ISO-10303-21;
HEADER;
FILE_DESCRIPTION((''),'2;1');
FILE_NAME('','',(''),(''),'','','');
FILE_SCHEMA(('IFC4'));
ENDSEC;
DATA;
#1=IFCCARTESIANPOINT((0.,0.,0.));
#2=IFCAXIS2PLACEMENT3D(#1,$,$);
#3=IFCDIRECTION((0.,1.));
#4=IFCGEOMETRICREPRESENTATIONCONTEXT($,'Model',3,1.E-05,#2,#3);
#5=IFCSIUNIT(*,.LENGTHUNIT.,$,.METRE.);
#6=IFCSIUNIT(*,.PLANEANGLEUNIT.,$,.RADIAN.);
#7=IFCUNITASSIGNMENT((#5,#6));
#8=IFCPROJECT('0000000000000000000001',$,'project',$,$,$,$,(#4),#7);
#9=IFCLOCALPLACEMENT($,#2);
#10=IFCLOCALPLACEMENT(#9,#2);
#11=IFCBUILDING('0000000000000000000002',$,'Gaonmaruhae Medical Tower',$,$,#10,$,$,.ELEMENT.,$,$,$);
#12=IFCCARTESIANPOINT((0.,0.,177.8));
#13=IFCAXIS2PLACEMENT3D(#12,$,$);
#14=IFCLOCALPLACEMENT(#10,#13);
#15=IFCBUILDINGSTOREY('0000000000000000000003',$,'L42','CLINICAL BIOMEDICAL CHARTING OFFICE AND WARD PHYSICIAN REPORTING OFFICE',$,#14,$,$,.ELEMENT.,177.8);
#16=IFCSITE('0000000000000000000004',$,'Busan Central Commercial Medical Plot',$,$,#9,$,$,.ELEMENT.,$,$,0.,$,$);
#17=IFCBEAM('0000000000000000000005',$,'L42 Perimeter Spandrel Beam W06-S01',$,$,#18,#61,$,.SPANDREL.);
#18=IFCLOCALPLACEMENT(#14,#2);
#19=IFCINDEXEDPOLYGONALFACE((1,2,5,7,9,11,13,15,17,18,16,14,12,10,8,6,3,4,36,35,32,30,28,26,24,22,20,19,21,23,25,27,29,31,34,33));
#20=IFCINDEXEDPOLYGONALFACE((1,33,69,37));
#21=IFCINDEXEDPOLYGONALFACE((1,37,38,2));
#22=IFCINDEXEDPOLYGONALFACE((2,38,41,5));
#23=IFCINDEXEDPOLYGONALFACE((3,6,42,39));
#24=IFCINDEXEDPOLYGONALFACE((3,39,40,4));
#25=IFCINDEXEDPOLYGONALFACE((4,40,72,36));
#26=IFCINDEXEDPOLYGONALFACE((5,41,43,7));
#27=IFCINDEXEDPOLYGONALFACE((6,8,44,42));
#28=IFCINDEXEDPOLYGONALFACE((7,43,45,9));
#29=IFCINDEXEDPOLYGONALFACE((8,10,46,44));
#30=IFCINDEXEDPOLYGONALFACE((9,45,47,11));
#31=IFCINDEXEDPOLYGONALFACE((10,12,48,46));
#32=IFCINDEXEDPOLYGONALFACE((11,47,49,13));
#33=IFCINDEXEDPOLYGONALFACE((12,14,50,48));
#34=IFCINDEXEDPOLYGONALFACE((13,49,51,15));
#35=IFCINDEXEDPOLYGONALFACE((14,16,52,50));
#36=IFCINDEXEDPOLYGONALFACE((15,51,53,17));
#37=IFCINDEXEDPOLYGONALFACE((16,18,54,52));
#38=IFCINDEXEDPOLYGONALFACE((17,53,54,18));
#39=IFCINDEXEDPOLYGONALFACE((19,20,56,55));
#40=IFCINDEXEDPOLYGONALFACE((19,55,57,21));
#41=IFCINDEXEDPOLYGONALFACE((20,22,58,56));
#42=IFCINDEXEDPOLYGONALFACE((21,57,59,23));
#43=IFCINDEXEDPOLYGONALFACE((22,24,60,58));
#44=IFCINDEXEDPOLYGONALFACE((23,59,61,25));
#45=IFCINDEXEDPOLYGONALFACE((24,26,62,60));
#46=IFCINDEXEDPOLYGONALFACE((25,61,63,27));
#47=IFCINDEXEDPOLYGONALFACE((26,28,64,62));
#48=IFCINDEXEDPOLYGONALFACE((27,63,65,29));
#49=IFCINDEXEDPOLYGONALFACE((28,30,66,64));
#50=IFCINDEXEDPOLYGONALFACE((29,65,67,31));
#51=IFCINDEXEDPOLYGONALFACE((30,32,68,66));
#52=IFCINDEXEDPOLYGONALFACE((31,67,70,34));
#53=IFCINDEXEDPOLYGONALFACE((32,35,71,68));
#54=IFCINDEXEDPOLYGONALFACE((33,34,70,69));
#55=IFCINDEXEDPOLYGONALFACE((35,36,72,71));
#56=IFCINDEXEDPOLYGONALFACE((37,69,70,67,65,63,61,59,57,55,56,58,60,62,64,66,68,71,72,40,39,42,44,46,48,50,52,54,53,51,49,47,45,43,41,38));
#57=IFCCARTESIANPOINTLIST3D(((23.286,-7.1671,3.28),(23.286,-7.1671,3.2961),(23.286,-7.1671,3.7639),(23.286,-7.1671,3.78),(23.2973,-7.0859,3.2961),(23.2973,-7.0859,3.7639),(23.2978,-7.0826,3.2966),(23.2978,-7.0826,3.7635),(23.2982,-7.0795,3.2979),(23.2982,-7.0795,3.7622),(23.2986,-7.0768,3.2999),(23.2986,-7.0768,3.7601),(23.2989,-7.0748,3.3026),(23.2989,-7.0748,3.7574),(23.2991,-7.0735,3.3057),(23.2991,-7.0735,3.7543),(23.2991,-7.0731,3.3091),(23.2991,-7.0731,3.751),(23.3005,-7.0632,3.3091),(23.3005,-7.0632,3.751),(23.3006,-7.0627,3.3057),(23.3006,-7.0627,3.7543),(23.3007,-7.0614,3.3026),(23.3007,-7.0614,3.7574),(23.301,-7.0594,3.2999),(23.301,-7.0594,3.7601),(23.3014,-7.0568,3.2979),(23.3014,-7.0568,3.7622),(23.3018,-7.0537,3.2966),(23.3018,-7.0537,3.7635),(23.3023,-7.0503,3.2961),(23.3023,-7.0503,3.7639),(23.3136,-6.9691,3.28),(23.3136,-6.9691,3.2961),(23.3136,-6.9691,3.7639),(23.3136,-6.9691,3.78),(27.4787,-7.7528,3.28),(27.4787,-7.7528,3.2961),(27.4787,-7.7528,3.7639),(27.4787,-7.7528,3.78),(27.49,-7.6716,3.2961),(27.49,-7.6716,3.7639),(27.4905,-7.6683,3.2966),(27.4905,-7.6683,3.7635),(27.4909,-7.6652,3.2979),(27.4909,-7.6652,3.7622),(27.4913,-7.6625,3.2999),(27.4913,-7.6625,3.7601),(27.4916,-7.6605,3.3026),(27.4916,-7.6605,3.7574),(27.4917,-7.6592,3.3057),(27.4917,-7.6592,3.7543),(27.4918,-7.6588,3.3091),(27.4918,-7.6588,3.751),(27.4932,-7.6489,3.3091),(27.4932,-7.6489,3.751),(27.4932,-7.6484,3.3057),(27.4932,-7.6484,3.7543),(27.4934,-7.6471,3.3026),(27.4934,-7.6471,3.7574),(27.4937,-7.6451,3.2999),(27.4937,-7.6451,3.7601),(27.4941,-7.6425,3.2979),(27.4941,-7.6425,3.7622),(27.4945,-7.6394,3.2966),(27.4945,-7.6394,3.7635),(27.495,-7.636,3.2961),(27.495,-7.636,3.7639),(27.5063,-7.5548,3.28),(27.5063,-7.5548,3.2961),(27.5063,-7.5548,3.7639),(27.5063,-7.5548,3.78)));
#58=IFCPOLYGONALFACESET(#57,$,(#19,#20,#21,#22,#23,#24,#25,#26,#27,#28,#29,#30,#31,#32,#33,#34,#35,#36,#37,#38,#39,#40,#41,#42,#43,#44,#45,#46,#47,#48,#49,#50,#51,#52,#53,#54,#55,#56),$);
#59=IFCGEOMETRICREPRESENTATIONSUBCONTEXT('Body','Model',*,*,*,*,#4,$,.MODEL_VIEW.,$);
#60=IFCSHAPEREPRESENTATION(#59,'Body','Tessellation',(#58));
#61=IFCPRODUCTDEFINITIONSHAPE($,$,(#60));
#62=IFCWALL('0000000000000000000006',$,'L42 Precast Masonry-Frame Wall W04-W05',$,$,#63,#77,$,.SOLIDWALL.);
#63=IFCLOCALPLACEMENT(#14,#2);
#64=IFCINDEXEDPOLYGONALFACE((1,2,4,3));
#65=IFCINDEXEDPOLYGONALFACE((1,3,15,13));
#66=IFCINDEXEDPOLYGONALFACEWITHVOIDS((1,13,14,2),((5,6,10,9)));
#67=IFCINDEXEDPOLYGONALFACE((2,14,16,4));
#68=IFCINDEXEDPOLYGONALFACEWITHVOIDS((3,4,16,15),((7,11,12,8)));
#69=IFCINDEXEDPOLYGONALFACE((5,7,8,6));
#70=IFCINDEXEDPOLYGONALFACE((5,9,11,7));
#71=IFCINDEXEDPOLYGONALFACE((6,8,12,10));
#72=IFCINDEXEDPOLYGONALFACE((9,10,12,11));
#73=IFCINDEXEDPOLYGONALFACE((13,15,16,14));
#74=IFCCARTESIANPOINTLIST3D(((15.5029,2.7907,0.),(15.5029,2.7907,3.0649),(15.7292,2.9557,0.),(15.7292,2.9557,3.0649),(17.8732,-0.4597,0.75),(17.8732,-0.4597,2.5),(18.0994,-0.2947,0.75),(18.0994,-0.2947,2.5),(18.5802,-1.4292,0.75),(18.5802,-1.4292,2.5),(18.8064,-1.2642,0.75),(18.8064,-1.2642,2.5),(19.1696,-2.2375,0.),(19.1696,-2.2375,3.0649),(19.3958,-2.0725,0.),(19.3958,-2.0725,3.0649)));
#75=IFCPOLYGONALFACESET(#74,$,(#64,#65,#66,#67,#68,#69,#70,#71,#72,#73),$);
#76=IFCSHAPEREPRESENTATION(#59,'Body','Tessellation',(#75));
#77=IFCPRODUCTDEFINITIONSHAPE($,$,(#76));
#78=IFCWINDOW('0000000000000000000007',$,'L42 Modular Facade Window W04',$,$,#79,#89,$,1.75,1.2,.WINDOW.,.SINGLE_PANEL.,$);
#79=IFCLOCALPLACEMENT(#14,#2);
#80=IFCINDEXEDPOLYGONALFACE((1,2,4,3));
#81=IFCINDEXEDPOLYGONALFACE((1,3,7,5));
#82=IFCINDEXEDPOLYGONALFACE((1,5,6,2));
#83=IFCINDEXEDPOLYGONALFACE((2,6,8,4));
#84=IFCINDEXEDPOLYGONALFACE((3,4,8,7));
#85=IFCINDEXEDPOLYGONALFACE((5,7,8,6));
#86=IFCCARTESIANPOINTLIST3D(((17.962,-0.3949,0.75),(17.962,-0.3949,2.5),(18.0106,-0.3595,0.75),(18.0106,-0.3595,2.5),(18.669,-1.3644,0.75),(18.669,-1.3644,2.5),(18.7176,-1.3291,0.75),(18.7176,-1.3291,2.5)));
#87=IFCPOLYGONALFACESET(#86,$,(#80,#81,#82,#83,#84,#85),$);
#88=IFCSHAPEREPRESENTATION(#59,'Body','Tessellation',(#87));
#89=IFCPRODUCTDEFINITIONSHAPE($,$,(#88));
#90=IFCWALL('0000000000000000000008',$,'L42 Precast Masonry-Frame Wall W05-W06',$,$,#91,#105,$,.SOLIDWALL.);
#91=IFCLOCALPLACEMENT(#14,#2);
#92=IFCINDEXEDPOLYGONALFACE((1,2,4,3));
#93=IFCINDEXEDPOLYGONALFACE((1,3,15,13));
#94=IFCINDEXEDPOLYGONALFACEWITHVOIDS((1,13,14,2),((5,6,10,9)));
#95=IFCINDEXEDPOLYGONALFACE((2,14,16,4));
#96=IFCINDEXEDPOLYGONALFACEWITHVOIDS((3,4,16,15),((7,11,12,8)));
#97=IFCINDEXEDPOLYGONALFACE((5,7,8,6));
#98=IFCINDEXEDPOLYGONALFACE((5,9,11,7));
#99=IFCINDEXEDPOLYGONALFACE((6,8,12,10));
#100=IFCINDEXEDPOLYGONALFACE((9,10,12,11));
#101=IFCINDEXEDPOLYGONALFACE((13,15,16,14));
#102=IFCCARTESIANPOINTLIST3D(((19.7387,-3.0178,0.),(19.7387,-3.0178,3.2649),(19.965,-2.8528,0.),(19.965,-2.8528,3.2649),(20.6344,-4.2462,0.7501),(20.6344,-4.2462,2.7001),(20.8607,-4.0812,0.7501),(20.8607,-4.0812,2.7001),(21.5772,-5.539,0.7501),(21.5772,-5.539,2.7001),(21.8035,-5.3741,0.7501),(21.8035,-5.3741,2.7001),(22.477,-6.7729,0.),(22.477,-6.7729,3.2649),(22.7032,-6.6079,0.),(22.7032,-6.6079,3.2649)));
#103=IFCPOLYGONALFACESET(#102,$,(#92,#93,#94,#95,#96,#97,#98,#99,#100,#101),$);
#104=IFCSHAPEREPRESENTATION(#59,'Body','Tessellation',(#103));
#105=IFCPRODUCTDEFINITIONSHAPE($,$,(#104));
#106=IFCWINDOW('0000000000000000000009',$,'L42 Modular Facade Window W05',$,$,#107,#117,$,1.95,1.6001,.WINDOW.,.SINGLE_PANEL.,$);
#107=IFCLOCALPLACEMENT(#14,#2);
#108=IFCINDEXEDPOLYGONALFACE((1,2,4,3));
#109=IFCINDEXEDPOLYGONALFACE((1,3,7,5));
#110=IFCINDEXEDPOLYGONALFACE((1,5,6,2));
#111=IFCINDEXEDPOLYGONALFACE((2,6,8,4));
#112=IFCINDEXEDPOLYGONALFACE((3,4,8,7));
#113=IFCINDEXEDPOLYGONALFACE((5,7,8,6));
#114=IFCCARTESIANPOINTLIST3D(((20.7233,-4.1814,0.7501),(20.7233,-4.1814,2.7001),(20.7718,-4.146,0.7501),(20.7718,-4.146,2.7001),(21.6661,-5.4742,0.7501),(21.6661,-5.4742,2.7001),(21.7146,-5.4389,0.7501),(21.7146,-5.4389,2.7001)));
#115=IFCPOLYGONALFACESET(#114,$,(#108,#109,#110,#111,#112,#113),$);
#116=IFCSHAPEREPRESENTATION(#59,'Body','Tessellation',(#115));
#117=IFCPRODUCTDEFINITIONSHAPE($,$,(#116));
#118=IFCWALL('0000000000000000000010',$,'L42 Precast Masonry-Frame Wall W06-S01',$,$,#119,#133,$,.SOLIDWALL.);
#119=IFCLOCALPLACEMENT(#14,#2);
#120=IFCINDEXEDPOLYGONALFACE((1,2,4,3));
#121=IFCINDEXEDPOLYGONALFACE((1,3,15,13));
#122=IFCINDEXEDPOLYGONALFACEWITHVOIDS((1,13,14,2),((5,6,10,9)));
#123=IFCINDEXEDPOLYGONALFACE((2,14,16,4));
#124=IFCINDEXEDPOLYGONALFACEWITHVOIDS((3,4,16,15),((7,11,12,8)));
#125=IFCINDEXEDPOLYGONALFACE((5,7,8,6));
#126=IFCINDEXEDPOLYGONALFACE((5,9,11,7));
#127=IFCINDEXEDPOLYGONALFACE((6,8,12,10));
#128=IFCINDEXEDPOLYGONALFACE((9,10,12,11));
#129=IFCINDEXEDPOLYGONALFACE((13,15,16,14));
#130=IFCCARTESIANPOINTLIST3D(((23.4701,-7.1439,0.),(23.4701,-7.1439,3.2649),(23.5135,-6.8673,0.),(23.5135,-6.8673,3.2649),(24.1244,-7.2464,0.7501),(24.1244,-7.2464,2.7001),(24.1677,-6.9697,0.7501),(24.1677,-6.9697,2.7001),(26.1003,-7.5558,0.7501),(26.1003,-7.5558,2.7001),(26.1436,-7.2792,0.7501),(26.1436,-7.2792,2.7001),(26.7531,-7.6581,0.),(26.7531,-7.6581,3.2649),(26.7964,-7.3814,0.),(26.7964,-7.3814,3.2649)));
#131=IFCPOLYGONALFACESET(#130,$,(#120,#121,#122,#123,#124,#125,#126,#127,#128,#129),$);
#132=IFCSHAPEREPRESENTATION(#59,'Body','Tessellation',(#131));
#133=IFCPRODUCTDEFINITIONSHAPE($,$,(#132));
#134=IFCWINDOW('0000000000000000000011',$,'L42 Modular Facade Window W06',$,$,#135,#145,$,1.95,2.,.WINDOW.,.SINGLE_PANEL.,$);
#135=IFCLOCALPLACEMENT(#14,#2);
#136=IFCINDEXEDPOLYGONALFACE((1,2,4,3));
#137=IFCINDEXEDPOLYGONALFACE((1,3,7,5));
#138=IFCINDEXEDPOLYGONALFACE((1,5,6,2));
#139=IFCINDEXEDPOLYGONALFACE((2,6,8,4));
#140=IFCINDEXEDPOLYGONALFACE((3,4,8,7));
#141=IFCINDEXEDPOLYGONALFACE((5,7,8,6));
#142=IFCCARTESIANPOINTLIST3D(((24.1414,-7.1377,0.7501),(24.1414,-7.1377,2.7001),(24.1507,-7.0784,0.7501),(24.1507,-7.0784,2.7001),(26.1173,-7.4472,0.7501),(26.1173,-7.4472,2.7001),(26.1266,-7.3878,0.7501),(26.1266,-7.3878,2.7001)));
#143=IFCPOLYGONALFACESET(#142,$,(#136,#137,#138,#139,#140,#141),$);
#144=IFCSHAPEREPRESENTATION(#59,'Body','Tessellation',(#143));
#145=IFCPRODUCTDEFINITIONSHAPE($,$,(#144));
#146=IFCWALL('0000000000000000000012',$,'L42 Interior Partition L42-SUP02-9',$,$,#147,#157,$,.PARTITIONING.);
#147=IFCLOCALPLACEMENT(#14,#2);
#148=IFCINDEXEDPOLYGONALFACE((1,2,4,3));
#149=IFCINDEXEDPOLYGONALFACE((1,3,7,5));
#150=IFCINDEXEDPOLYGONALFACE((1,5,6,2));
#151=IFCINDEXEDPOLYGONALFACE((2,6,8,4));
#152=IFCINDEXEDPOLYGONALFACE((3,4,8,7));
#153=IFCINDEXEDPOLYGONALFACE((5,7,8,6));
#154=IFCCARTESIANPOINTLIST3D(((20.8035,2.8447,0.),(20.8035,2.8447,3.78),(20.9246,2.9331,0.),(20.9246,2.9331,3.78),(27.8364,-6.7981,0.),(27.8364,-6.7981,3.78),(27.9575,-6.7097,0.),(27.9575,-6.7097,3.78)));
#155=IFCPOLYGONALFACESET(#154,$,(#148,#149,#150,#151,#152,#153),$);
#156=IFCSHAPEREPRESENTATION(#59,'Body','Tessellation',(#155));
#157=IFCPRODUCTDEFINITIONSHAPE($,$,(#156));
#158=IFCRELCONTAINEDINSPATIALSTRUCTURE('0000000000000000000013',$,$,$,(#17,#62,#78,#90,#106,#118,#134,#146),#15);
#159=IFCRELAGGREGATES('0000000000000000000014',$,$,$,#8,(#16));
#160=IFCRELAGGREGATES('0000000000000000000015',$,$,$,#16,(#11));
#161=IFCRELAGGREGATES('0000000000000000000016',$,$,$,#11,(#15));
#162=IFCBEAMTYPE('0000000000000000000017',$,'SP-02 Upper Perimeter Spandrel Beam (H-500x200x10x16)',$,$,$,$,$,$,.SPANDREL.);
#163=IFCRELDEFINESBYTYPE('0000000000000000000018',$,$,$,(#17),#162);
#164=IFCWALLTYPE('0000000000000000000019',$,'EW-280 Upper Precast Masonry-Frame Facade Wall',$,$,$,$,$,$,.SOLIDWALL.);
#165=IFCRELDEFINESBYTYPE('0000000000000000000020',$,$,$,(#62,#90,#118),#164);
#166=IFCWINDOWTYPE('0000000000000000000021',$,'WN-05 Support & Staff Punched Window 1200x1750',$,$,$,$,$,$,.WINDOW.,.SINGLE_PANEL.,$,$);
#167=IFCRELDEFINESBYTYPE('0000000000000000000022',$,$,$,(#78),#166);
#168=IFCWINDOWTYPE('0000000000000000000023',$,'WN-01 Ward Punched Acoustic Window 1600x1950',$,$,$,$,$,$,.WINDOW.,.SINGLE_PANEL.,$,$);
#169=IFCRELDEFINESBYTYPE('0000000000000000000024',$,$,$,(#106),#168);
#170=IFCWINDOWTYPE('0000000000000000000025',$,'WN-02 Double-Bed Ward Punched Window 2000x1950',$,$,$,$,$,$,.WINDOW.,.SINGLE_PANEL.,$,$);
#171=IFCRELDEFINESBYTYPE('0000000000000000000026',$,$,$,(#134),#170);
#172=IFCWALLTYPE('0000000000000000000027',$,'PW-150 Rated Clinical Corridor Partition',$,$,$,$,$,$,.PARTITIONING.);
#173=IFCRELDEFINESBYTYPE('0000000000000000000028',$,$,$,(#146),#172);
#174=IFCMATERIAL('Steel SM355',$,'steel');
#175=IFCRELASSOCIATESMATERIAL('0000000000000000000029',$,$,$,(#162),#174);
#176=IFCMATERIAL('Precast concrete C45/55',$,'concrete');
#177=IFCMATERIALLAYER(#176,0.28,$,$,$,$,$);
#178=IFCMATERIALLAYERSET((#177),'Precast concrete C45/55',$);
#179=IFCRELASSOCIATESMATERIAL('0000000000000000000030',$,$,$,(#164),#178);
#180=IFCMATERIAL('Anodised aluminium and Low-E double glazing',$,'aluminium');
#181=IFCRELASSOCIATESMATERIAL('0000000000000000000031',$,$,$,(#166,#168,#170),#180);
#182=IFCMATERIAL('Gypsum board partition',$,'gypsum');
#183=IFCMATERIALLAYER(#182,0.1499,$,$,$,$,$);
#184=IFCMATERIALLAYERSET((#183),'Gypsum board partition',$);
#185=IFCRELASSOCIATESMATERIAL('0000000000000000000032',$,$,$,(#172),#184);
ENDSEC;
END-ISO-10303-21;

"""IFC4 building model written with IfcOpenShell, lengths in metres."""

from ifc_helpers import new_model, si_unit, direction, frame, frame_2d, origin, origin_2d, place, context, subcontext, project, spatial, rectangle, i_section, extrude, material, layer, layer_set, material_profile, profile_set, type_object, element, fill, save


model = new_model("IFC4")

# Units and contexts
model_context = context("Model", 3, precision=1e-05, world=origin(), true_north=direction((0.0, 1.0)))
body_context = subcontext(model_context, "Body", "Model", "MODEL_VIEW")
ifc_project = project(units=[si_unit("LENGTHUNIT", "METRE"), si_unit("PLANEANGLEUNIT", "RADIAN")], contexts=[model_context])

# Site, building, storey
site_placement = place(None, origin())
site = spatial("IfcSite", under=ifc_project, at=site_placement, Name="Busan Central Commercial Medical Plot", CompositionType="ELEMENT", RefElevation=0.0)
building_placement = place(site_placement, origin())
building = spatial("IfcBuilding", under=site, at=building_placement, Name="Gaonmaruhae Medical Tower", CompositionType="ELEMENT")
storey_placement = place(building_placement, frame((0.0, 0.0, 177.8)))
storey = spatial("IfcBuildingStorey", under=building, at=storey_placement, Name="L42", Description="CLINICAL BIOMEDICAL CHARTING OFFICE AND WARD PHYSICIAN REPORTING OFFICE", CompositionType="ELEMENT", Elevation=177.8)

# Beam
ifc_material_1 = material(Name="Steel SM355", Category="steel")
ifc_material_profile_1 = material_profile(ifc_material_1, i_section(OverallWidth=0.2, OverallDepth=0.5, WebThickness=0.01, FlangeThickness=0.0161, FilletRadius=0.0129, at=origin_2d()), Name="H-500x200x10x16")
ifc_profile_set_1 = profile_set([ifc_material_profile_1], Name="Steel SM355")
beam_type_1 = type_object("IfcBeamType", Name="SP-02 Upper Perimeter Spandrel Beam (H-500x200x10x16)", PredefinedType="SPANDREL", material=ifc_profile_set_1)
beam_1_placement = place(storey_placement, frame((23.2998, -7.0681, 3.53), z_axis=(0.990383, -0.138353, 0.0), x_axis=(0.138353, 0.990383, 0.0)))
element("IfcBeam", 1, at=beam_1_placement, inside=storey, type_object=beam_type_1, Name="L42 Perimeter Spandrel Beam W06-S01", PredefinedType="SPANDREL", context=body_context, shape_type="SweptSolid", body=[
    extrude(i_section(OverallWidth=0.2, OverallDepth=0.5, WebThickness=0.01, FlangeThickness=0.0161, FilletRadius=0.0129, at=origin_2d()), origin(), (0.0, 0.0, 1.0), 4.2334),
])

# Walls, openings, windows
ifc_material_2 = material(Name="Precast concrete C45/55", Category="concrete")
ifc_layer_1 = layer(ifc_material_2, 0.28)
ifc_layer_set_1 = layer_set([ifc_layer_1], Name="Precast concrete C45/55")
wall_type_1 = type_object("IfcWallType", Name="EW-280 Upper Precast Masonry-Frame Facade Wall", PredefinedType="SOLIDWALL", material=ifc_layer_set_1)
wall_1_placement = place(storey_placement, frame((19.2827, -2.155, 0.0), z_axis=(0.0, 0.0, 1.0), x_axis=(-0.5892, 0.807987, 0.0)))
wall_1 = element("IfcWall", 2, at=wall_1_placement, inside=storey, type_object=wall_type_1, Name="L42 Precast Masonry-Frame Wall W04-W05", PredefinedType="SOLIDWALL", context=body_context, shape_type="SweptSolid", body=[
    extrude(rectangle(XDim=6.2231, YDim=0.28, at=frame_2d((3.1116, 0.0))), origin(), (0.0, 0.0, 1.0), 3.0649),
])
opening_1_placement = place(wall_1_placement, frame((1.0002, 0.0, 0.75)))
opening_1 = element("IfcOpeningElement", 3, at=opening_1_placement, cuts=wall_1, PredefinedType="OPENING", context=body_context, shape_type="SweptSolid", body=[
    extrude(rectangle(XDim=1.2, YDim=1.75, at=frame_2d((0.6001, 0.875))), frame((0.0, 0.1499, 0.0), z_axis=(0.0, -1.0, 0.0), x_axis=(1.0, 0.0, 0.0)), (0.0, 0.0, 1.0), 0.3),
])
ifc_material_3 = material(Name="Anodised aluminium and Low-E double glazing", Category="aluminium")
window_type_1 = type_object("IfcWindowType", Name="WN-05 Support & Staff Punched Window 1200x1750", PartitioningType="SINGLE_PANEL", PredefinedType="WINDOW", material=ifc_material_3)
window_1_placement = place(opening_1_placement, origin())
window_1 = element("IfcWindow", 4, at=window_1_placement, inside=storey, type_object=window_type_1, Name="L42 Modular Facade Window W04", OverallHeight=1.75, OverallWidth=1.2, PartitioningType="SINGLE_PANEL", PredefinedType="WINDOW", context=body_context, shape_type="SweptSolid", body=[
    extrude(rectangle(XDim=1.2, YDim=1.75, at=frame_2d((0.6001, 0.875))), frame((0.0, 0.03, 0.0), z_axis=(0.0, -1.0, 0.0), x_axis=(1.0, 0.0, 0.0)), (0.0, 0.0, 1.0), 0.0601),
])
fill(opening_1, window_1)
wall_2_placement = place(storey_placement, frame((22.5901, -6.6904, 0.0), z_axis=(0.0, 0.0, 1.0), x_axis=(-0.589196, 0.80799, 0.0)))
wall_2 = element("IfcWall", 5, at=wall_2_placement, inside=storey, type_object=wall_type_1, Name="L42 Precast Masonry-Frame Wall W05-W06", PredefinedType="SOLIDWALL", context=body_context, shape_type="SweptSolid", body=[
    extrude(rectangle(XDim=4.6475, YDim=0.28, at=frame_2d((2.3237, 0.0))), origin(), (0.0, 0.0, 1.0), 3.2649),
])
opening_2_placement = place(wall_2_placement, frame((1.5271, 0.0, 0.75)))
opening_2 = element("IfcOpeningElement", 6, at=opening_2_placement, cuts=wall_2, PredefinedType="OPENING", context=body_context, shape_type="SweptSolid", body=[
    extrude(rectangle(XDim=1.6001, YDim=1.95, at=frame_2d((0.8, 0.9751))), frame((0.0, 0.1499, 0.0), z_axis=(0.0, -1.0, 0.0), x_axis=(1.0, 0.0, 0.0)), (0.0, 0.0, 1.0), 0.3),
])
window_type_2 = type_object("IfcWindowType", Name="WN-01 Ward Punched Acoustic Window 1600x1950", PartitioningType="SINGLE_PANEL", PredefinedType="WINDOW", material=ifc_material_3)
window_2_placement = place(opening_2_placement, origin())
window_2 = element("IfcWindow", 7, at=window_2_placement, inside=storey, type_object=window_type_2, Name="L42 Modular Facade Window W05", OverallHeight=1.95, OverallWidth=1.6001, PartitioningType="SINGLE_PANEL", PredefinedType="WINDOW", context=body_context, shape_type="SweptSolid", body=[
    extrude(rectangle(XDim=1.6001, YDim=1.95, at=frame_2d((0.8, 0.9751))), frame((0.0, 0.03, 0.0), z_axis=(0.0, -1.0, 0.0), x_axis=(1.0, 0.0, 0.0)), (0.0, 0.0, 1.0), 0.0601),
])
fill(opening_2, window_2)
wall_3_placement = place(storey_placement, frame((26.7749, -7.5198, 0.0), z_axis=(0.0, 0.0, 1.0), x_axis=(-0.987957, 0.154729, 0.0)))
wall_3 = element("IfcWall", 8, at=wall_3_placement, inside=storey, type_object=wall_type_1, Name="L42 Precast Masonry-Frame Wall W06-S01", PredefinedType="SOLIDWALL", context=body_context, shape_type="SweptSolid", body=[
    extrude(rectangle(XDim=3.323, YDim=0.28, at=frame_2d((1.6616, 0.0))), origin(), (0.0, 0.0, 1.0), 3.2649),
])
opening_3_placement = place(wall_3_placement, frame((0.6609, 0.0, 0.75)))
opening_3 = element("IfcOpeningElement", 9, at=opening_3_placement, cuts=wall_3, PredefinedType="OPENING", context=body_context, shape_type="SweptSolid", body=[
    extrude(rectangle(XDim=2.0, YDim=1.95, at=frame_2d((1.0, 0.9751))), frame((0.0, 0.1499, 0.0), z_axis=(0.0, -1.0, 0.0), x_axis=(1.0, 0.0, 0.0)), (0.0, 0.0, 1.0), 0.3),
])
window_type_3 = type_object("IfcWindowType", Name="WN-02 Double-Bed Ward Punched Window 2000x1950", PartitioningType="SINGLE_PANEL", PredefinedType="WINDOW", material=ifc_material_3)
window_3_placement = place(opening_3_placement, origin())
window_3 = element("IfcWindow", 10, at=window_3_placement, inside=storey, type_object=window_type_3, Name="L42 Modular Facade Window W06", OverallHeight=1.95, OverallWidth=2.0, PartitioningType="SINGLE_PANEL", PredefinedType="WINDOW", context=body_context, shape_type="SweptSolid", body=[
    extrude(rectangle(XDim=2.0, YDim=1.95, at=frame_2d((1.0, 0.9751))), frame((0.0, 0.03, 0.0), z_axis=(0.0, -1.0, 0.0), x_axis=(1.0, 0.0, 0.0)), (0.0, 0.0, 1.0), 0.0601),
])
fill(opening_3, window_3)

# Wall
ifc_material_4 = material(Name="Gypsum board partition", Category="gypsum")
ifc_layer_2 = layer(ifc_material_4, 0.1499)
ifc_layer_set_2 = layer_set([ifc_layer_2], Name="Gypsum board partition")
wall_type_2 = type_object("IfcWallType", Name="PW-150 Rated Clinical Corridor Partition", PredefinedType="PARTITIONING", material=ifc_layer_set_2)
wall_4_placement = place(storey_placement, frame((27.897, -6.7539, 0.0), z_axis=(0.0, 0.0, 1.0), x_axis=(-0.589267, 0.807938, 0.0)))
element("IfcWall", 11, at=wall_4_placement, inside=storey, type_object=wall_type_2, Name="L42 Interior Partition L42-SUP02-9", PredefinedType="PARTITIONING", context=body_context, shape_type="SweptSolid", body=[
    extrude(rectangle(XDim=11.9351, YDim=0.1499, at=frame_2d((5.9675, 0.0))), origin(), (0.0, 0.0, 1.0), 3.78),
])

save(model, "model.ifc")
